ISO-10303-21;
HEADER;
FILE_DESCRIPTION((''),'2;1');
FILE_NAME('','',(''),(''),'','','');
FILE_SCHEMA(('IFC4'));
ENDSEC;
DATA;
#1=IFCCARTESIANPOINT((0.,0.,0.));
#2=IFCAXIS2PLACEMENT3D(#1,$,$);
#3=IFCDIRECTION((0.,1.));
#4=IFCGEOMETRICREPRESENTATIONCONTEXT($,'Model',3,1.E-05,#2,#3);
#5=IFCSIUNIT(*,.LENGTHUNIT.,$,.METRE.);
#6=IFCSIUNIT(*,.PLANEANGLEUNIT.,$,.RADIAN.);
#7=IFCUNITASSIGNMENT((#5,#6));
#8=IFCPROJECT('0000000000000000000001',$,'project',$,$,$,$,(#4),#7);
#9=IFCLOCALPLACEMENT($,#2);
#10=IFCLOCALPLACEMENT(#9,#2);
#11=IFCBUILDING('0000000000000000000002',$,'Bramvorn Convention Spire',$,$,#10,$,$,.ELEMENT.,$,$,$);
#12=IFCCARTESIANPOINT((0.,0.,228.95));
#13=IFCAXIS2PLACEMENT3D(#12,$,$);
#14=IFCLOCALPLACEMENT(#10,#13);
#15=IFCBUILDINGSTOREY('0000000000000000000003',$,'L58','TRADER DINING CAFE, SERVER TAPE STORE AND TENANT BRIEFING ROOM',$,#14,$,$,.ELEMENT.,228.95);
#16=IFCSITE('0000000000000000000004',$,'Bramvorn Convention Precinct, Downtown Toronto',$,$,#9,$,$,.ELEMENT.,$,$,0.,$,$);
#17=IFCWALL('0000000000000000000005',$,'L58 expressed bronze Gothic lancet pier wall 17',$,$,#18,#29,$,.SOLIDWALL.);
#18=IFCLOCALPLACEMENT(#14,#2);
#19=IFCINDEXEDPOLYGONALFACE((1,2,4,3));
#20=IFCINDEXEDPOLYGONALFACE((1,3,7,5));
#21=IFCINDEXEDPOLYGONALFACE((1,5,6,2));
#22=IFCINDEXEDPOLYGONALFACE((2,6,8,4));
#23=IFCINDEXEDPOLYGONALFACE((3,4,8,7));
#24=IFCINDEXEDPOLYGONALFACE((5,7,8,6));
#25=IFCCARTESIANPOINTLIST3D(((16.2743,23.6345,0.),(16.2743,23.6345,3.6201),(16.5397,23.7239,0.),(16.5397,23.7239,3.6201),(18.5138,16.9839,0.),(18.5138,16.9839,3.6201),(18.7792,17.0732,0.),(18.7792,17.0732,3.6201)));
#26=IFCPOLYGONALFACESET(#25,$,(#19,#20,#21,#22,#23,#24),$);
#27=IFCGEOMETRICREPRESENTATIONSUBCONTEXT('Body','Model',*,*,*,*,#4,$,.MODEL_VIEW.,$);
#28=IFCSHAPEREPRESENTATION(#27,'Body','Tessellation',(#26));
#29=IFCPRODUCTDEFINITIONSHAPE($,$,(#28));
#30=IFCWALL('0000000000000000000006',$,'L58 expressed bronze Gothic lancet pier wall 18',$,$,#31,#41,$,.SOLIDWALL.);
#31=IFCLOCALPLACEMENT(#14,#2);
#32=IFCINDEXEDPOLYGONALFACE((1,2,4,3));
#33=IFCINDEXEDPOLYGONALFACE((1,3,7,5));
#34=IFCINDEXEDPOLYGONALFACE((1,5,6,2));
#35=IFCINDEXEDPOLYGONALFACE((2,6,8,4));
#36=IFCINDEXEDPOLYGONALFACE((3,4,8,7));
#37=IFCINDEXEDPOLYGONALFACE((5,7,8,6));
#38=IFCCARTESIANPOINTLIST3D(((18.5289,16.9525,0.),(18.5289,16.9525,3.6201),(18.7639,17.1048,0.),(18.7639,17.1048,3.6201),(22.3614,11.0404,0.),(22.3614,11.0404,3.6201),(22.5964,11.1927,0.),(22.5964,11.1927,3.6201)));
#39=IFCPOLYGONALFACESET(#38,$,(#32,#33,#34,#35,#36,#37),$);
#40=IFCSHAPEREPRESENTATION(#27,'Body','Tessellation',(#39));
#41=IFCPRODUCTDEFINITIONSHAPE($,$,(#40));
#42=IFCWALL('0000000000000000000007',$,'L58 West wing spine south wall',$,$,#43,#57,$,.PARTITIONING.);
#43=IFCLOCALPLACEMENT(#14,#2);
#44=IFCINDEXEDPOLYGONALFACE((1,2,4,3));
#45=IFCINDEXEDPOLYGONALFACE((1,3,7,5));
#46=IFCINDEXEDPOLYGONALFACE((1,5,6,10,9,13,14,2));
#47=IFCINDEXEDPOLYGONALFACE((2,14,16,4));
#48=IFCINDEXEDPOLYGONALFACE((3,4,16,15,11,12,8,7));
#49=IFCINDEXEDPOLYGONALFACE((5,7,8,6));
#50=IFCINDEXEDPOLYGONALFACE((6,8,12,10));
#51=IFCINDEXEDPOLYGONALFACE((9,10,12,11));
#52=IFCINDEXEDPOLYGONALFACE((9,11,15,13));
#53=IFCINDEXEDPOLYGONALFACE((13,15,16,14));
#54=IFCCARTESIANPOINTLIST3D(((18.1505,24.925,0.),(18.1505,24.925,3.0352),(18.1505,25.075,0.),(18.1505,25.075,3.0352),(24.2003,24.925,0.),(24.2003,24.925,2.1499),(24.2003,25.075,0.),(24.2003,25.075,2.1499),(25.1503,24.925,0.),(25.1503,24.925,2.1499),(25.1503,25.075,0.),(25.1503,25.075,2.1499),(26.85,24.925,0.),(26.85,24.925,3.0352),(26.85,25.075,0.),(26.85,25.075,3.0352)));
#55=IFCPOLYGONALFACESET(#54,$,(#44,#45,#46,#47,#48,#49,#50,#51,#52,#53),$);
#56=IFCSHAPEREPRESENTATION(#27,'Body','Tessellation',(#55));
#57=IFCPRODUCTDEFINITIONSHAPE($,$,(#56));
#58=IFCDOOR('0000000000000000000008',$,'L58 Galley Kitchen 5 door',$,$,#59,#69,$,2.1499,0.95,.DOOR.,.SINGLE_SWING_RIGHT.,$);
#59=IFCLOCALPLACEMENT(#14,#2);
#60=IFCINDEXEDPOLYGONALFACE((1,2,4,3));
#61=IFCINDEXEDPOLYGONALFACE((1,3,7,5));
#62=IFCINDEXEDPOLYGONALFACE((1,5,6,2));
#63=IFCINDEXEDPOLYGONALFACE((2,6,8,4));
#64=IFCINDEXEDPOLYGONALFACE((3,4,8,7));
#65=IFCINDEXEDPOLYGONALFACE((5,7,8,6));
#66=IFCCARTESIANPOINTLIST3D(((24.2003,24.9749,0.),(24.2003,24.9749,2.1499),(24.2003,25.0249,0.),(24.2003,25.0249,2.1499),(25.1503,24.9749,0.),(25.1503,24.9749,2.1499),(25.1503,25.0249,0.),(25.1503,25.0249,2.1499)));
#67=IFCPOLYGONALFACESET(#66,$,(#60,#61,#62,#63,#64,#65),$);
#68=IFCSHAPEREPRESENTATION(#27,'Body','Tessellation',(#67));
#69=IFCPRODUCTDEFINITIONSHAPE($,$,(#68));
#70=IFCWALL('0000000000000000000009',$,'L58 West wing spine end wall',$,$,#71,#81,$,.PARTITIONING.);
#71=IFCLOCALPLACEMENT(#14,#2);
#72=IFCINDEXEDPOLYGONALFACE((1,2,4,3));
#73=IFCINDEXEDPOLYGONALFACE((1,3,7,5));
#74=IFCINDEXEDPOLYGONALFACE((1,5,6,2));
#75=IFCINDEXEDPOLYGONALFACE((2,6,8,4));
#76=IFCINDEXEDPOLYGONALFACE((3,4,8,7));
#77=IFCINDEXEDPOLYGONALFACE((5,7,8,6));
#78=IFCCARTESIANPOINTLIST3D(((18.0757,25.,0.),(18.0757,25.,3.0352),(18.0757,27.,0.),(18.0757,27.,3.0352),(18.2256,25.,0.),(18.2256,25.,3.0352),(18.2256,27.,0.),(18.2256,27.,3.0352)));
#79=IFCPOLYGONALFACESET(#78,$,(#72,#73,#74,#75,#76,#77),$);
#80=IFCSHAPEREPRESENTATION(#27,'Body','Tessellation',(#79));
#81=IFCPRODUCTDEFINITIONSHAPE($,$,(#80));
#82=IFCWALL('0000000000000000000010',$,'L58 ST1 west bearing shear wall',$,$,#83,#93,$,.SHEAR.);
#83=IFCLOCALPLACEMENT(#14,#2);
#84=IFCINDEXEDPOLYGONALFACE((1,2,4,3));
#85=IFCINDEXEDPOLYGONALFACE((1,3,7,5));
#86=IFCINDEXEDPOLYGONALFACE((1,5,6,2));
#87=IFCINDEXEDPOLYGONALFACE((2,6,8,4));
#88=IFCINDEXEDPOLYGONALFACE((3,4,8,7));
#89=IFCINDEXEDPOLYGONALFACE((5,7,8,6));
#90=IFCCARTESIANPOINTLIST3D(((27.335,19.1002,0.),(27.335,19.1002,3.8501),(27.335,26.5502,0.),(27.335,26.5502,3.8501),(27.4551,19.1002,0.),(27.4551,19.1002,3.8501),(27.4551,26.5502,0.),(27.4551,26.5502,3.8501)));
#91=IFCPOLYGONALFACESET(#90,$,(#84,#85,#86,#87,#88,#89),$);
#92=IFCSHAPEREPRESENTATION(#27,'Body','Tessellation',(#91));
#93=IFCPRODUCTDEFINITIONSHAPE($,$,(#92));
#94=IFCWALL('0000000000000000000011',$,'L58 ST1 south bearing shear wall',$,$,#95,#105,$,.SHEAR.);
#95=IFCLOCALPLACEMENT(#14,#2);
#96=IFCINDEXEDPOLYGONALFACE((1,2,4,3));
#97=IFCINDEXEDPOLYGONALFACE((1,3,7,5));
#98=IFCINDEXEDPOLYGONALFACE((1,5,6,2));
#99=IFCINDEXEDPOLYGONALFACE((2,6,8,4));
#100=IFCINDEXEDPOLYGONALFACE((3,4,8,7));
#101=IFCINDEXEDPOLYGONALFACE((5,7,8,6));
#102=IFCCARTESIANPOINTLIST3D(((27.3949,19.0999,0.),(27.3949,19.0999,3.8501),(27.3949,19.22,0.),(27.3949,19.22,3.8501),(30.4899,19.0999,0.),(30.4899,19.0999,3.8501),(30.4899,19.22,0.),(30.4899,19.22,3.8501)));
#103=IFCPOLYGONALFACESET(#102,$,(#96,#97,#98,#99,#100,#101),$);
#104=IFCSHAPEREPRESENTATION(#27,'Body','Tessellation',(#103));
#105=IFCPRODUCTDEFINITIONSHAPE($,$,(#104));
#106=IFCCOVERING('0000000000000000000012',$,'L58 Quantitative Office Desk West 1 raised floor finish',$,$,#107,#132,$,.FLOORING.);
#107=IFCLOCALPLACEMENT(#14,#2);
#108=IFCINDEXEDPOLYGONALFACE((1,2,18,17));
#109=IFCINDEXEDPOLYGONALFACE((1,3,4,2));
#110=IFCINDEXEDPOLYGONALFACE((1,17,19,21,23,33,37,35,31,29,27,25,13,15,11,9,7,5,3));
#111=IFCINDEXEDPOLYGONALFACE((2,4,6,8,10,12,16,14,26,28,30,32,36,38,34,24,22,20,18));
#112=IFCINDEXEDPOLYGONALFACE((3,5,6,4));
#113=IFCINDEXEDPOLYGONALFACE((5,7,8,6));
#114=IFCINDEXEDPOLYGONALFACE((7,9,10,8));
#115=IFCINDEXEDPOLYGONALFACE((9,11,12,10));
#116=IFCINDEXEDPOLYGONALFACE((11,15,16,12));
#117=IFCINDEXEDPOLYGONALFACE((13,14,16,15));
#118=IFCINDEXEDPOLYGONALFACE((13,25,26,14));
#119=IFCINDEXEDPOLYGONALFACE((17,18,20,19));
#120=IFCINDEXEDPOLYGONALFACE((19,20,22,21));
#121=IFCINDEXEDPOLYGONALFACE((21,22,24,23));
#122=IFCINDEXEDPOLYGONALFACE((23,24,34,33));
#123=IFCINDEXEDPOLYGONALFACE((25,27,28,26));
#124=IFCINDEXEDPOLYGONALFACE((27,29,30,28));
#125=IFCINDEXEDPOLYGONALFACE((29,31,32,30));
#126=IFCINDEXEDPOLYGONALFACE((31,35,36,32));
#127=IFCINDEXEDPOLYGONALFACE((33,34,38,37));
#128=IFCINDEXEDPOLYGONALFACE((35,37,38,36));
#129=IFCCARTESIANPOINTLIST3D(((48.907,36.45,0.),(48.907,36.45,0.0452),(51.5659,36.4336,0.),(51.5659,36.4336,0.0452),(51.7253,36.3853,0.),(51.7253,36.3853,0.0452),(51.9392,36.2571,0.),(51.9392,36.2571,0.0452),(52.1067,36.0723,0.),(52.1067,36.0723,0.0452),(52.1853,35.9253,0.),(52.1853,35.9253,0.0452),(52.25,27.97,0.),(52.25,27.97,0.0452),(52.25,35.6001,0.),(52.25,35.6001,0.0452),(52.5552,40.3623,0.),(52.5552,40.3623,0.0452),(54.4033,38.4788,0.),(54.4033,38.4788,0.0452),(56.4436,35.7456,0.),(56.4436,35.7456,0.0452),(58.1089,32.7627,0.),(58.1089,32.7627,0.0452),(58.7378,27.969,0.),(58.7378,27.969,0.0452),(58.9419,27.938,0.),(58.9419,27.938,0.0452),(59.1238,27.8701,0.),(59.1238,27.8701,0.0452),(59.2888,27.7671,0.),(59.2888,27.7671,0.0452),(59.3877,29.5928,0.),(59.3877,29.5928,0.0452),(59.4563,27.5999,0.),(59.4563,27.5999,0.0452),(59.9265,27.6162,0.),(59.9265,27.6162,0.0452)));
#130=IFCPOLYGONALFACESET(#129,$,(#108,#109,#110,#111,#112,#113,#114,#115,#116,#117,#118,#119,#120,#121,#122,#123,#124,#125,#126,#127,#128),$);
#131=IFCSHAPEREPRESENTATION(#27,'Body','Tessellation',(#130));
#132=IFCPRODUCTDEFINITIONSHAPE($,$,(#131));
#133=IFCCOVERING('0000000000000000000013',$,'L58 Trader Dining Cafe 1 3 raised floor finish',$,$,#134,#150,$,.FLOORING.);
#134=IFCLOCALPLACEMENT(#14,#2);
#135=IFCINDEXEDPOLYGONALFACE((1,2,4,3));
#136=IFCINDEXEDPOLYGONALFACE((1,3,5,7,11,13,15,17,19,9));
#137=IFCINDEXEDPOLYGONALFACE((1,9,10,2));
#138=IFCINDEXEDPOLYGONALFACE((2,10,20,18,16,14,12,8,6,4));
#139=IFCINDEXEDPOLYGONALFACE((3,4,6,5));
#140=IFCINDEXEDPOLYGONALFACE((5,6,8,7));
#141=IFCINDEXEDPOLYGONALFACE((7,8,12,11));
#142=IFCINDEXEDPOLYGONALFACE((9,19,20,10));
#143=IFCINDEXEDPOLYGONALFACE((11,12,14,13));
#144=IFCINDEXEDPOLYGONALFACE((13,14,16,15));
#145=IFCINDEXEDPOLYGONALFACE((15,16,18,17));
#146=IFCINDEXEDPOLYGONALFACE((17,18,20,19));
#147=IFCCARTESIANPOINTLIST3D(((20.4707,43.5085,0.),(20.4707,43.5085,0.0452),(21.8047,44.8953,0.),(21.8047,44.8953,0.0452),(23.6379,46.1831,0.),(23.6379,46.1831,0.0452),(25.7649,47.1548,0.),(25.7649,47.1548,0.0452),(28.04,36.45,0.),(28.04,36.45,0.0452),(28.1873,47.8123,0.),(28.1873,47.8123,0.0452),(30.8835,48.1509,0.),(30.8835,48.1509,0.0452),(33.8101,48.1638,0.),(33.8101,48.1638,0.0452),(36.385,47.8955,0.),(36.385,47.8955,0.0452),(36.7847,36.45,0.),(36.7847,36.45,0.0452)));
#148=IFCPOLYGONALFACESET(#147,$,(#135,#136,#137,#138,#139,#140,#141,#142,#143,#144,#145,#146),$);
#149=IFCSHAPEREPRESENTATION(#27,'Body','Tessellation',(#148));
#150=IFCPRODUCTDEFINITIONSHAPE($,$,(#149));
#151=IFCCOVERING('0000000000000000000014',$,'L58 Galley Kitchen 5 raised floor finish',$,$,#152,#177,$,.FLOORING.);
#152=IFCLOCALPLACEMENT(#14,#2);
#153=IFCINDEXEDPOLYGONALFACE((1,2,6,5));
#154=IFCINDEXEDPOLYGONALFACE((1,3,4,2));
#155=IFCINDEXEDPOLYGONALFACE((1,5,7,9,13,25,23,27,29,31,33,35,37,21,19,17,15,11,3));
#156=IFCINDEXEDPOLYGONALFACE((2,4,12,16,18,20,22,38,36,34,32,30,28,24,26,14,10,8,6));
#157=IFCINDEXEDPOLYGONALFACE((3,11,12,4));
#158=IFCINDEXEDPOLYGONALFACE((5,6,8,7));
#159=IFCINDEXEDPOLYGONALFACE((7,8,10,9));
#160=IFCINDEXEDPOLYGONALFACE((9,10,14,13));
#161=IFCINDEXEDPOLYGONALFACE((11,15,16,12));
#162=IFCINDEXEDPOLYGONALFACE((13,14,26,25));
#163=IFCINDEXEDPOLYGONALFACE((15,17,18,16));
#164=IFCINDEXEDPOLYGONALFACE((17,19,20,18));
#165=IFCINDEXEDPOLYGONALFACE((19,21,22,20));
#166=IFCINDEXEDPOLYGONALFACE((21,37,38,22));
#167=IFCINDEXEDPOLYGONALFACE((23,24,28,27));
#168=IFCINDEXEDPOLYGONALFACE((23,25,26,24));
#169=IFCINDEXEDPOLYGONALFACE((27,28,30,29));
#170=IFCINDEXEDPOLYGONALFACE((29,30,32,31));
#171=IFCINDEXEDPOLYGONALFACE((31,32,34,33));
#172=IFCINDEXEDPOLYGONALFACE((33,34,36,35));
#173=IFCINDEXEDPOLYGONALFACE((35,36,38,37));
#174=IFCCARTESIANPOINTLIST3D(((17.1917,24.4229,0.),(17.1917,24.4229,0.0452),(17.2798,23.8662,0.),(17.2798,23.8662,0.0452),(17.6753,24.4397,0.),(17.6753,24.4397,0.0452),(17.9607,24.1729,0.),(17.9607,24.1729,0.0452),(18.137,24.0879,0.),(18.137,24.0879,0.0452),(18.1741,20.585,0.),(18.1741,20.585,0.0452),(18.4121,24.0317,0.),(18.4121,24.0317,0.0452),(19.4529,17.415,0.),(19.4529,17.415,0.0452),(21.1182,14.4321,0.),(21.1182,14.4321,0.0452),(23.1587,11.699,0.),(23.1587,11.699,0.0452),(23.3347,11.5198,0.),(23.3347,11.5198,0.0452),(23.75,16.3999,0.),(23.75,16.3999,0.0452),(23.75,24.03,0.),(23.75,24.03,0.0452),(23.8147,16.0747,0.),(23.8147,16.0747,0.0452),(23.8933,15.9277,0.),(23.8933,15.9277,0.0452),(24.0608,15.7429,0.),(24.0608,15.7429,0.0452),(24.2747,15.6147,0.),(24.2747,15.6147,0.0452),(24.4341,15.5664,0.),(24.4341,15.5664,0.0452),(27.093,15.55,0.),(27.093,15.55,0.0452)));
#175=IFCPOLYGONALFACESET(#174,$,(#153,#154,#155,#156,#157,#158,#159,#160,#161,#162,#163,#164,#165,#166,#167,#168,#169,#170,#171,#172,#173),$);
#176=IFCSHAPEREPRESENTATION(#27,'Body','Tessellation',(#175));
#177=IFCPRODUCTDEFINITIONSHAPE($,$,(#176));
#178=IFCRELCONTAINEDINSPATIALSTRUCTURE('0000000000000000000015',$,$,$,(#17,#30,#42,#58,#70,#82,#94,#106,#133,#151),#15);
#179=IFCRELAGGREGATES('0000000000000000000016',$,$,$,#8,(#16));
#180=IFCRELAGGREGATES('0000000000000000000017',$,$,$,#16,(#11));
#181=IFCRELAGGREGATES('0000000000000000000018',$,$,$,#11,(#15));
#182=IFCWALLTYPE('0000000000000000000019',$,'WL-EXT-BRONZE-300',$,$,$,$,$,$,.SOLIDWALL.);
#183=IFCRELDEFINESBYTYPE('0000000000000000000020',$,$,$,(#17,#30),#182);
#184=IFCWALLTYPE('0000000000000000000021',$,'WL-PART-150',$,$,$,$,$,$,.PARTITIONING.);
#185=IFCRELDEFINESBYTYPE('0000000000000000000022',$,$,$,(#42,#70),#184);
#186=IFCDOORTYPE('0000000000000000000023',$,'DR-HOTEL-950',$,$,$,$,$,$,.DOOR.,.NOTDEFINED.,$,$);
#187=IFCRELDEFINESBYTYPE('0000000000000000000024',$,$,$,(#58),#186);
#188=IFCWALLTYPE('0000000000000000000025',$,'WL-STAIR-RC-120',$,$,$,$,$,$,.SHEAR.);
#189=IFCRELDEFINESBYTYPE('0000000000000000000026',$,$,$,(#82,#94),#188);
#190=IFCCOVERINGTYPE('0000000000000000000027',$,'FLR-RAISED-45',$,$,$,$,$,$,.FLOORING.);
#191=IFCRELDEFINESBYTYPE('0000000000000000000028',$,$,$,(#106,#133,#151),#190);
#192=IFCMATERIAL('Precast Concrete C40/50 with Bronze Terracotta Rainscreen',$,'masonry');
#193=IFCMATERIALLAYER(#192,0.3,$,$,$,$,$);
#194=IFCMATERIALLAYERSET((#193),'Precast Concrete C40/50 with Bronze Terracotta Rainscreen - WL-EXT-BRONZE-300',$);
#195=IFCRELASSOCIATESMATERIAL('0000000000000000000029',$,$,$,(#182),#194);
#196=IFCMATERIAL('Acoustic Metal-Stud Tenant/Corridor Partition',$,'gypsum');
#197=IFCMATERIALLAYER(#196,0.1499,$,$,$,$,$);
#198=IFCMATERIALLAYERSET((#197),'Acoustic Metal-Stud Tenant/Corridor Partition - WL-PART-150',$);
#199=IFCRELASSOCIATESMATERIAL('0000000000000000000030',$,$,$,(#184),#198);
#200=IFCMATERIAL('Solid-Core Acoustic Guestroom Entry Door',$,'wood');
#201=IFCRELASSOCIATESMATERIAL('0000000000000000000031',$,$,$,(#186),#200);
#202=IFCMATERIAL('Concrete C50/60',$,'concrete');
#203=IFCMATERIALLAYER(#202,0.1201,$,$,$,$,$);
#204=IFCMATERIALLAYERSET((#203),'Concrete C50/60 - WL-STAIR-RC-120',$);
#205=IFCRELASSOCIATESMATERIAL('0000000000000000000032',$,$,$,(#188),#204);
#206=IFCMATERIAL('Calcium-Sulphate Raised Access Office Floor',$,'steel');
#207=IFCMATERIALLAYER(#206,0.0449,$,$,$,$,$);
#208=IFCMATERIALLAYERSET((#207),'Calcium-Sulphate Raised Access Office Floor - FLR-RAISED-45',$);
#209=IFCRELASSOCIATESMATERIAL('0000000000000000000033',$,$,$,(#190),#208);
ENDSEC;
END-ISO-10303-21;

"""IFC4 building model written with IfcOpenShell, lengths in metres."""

from ifc_helpers import new_model, si_unit, direction, frame, frame_2d, origin, place, context, subcontext, project, spatial, polyline, rectangle, outline, extrude, material, layer, layer_set, type_object, element, fill, save


model = new_model("IFC4")

# Units and contexts
model_context = context("Model", 3, precision=1e-05, world=origin(), true_north=direction((0.0, 1.0)))
body_context = subcontext(model_context, "Body", "Model", "MODEL_VIEW")
ifc_project = project(units=[si_unit("LENGTHUNIT", "METRE"), si_unit("PLANEANGLEUNIT", "RADIAN")], contexts=[model_context])

# Site, building, storey
site_placement = place(None, origin())
site = spatial("IfcSite", under=ifc_project, at=site_placement, Name="Bramvorn Convention Precinct, Downtown Toronto", CompositionType="ELEMENT", RefElevation=0.0)
building_placement = place(site_placement, origin())
building = spatial("IfcBuilding", under=site, at=building_placement, Name="Bramvorn Convention Spire", CompositionType="ELEMENT")
storey_placement = place(building_placement, frame((0.0, 0.0, 228.95)))
storey = spatial("IfcBuildingStorey", under=building, at=storey_placement, Name="L58", Description="TRADER DINING CAFE, SERVER TAPE STORE AND TENANT BRIEFING ROOM", CompositionType="ELEMENT", Elevation=228.95)

# Shared definitions
ifc_material_1 = material(Name="Concrete C50/60", Category="concrete")

# Walls
ifc_material_2 = material(Name="Precast Concrete C40/50 with Bronze Terracotta Rainscreen", Category="masonry")
ifc_layer_1 = layer(ifc_material_2, 0.3)
ifc_layer_set_1 = layer_set([ifc_layer_1], Name="Precast Concrete C40/50 with Bronze Terracotta Rainscreen - WL-EXT-BRONZE-300")
wall_type_1 = type_object("IfcWallType", Name="WL-EXT-BRONZE-300", PredefinedType="SOLIDWALL", material=ifc_layer_set_1)
wall_1_placement = place(storey_placement, frame((18.6465, 17.0286, 0.0), z_axis=(0.0, 0.0, 1.0), x_axis=(-0.319128, 0.947712, 0.0)))
element("IfcWall", 1, at=wall_1_placement, inside=storey, type_object=wall_type_1, Name="L58 expressed bronze Gothic lancet pier wall 17", PredefinedType="SOLIDWALL", context=body_context, shape_type="SweptSolid", body=[
    extrude(rectangle(XDim=7.0176, YDim=0.28, at=frame_2d((3.5088, 0.0))), origin(), (0.0, 0.0, 1.0), 3.6201),
])
wall_2_placement = place(storey_placement, frame((22.479, 11.1165, 0.0), z_axis=(0.0, 0.0, 1.0), x_axis=(-0.543955, 0.839114, 0.0)))
element("IfcWall", 2, at=wall_2_placement, inside=storey, type_object=wall_type_1, Name="L58 expressed bronze Gothic lancet pier wall 18", PredefinedType="SOLIDWALL", context=body_context, shape_type="SweptSolid", body=[
    extrude(rectangle(XDim=7.0457, YDim=0.28, at=frame_2d((3.5229, 0.0))), origin(), (0.0, 0.0, 1.0), 3.6201),
])

# Wall, opening, door
ifc_material_3 = material(Name="Acoustic Metal-Stud Tenant/Corridor Partition", Category="gypsum")
ifc_layer_2 = layer(ifc_material_3, 0.1499)
ifc_layer_set_2 = layer_set([ifc_layer_2], Name="Acoustic Metal-Stud Tenant/Corridor Partition - WL-PART-150")
wall_type_2 = type_object("IfcWallType", Name="WL-PART-150", PredefinedType="PARTITIONING", material=ifc_layer_set_2)
wall_3_placement = place(storey_placement, frame((18.1506, 25.0, 0.0), z_axis=(0.0, 0.0, 1.0), x_axis=(1.0, 0.0, 0.0)))
wall_3 = element("IfcWall", 3, at=wall_3_placement, inside=storey, type_object=wall_type_2, Name="L58 West wing spine south wall", PredefinedType="PARTITIONING", context=body_context, shape_type="SweptSolid", body=[
    extrude(rectangle(XDim=8.6995, YDim=0.1499, at=frame_2d((4.3496, 0.0))), origin(), (0.0, 0.0, 1.0), 3.0352),
])
opening_1_placement = place(wall_3_placement, frame((6.0496, 0.0, 0.0)))
opening_1 = element("IfcOpeningElement", 4, at=opening_1_placement, cuts=wall_3, PredefinedType="OPENING", context=body_context, shape_type="SweptSolid", body=[
    extrude(rectangle(XDim=0.95, YDim=2.1499, at=frame_2d((0.4751, 1.075))), frame((0.0, 0.085, 0.0), z_axis=(0.0, -1.0, 0.0), x_axis=(1.0, 0.0, 0.0)), (0.0, 0.0, 1.0), 0.1699),
])
ifc_material_4 = material(Name="Solid-Core Acoustic Guestroom Entry Door", Category="wood")
door_type_1 = type_object("IfcDoorType", Name="DR-HOTEL-950", OperationType="NOTDEFINED", PredefinedType="DOOR", material=ifc_material_4)
door_1_placement = place(opening_1_placement, origin())
door_1 = element("IfcDoor", 5, at=door_1_placement, inside=storey, type_object=door_type_1, Name="L58 Galley Kitchen 5 door", OperationType="SINGLE_SWING_RIGHT", OverallHeight=2.1499, OverallWidth=0.95, PredefinedType="DOOR", context=body_context, shape_type="SweptSolid", body=[
    extrude(rectangle(XDim=0.95, YDim=2.1499, at=frame_2d((0.4751, 1.075))), frame((0.0, 0.0249, 0.0), z_axis=(0.0, -1.0, 0.0), x_axis=(1.0, 0.0, 0.0)), (0.0, 0.0, 1.0), 0.05),
])
fill(opening_1, door_1)

# Walls
wall_4_placement = place(storey_placement, frame((18.1506, 25.0, 0.0), z_axis=(0.0, 0.0, 1.0), x_axis=(0.0, 1.0, 0.0)))
element("IfcWall", 6, at=wall_4_placement, inside=storey, type_object=wall_type_2, Name="L58 West wing spine end wall", PredefinedType="PARTITIONING", context=body_context, shape_type="SweptSolid", body=[
    extrude(rectangle(XDim=2.0, YDim=0.1499, at=frame_2d((1.0, 0.0))), origin(), (0.0, 0.0, 1.0), 3.0352),
])
ifc_layer_3 = layer(ifc_material_1, 0.1201)
ifc_layer_set_3 = layer_set([ifc_layer_3], Name="Concrete C50/60 - WL-STAIR-RC-120")
wall_type_3 = type_object("IfcWallType", Name="WL-STAIR-RC-120", PredefinedType="SHEAR", material=ifc_layer_set_3)
wall_5_placement = place(storey_placement, frame((27.395, 19.1001, 0.0), z_axis=(0.0, 0.0, 1.0), x_axis=(0.0, 1.0, 0.0)))
element("IfcWall", 7, at=wall_5_placement, inside=storey, type_object=wall_type_3, Name="L58 ST1 west bearing shear wall", PredefinedType="SHEAR", context=body_context, shape_type="SweptSolid", body=[
    extrude(rectangle(XDim=7.45, YDim=0.1201, at=frame_2d((3.7251, 0.0))), origin(), (0.0, 0.0, 1.0), 3.8501),
])
wall_6_placement = place(storey_placement, frame((27.395, 19.1599, 0.0), z_axis=(0.0, 0.0, 1.0), x_axis=(1.0, 0.0, 0.0)))
element("IfcWall", 8, at=wall_6_placement, inside=storey, type_object=wall_type_3, Name="L58 ST1 south bearing shear wall", PredefinedType="SHEAR", context=body_context, shape_type="SweptSolid", body=[
    extrude(rectangle(XDim=3.095, YDim=0.1201, at=frame_2d((1.5474, 0.0))), origin(), (0.0, 0.0, 1.0), 3.8501),
])

# Coverings
ifc_material_5 = material(Name="Calcium-Sulphate Raised Access Office Floor", Category="steel")
ifc_layer_4 = layer(ifc_material_5, 0.0449)
ifc_layer_set_4 = layer_set([ifc_layer_4], Name="Calcium-Sulphate Raised Access Office Floor - FLR-RAISED-45")
covering_type = type_object("IfcCoveringType", Name="FLR-RAISED-45", PredefinedType="FLOORING", material=ifc_layer_set_4)
covering_1_placement = place(storey_placement, origin())
element("IfcCovering", 9, at=covering_1_placement, inside=storey, type_object=covering_type, Name="L58 Quantitative Office Desk West 1 raised floor finish", PredefinedType="FLOORING", context=body_context, shape_type="SweptSolid", body=[
    extrude(outline(polyline([(48.907, 36.45), (51.5659, 36.4336), (51.7253, 36.3853), (51.9392, 36.2571), (52.1067, 36.0723), (52.1853, 35.9253), (52.25, 35.6001), (52.25, 27.97), (58.7378, 27.969), (58.9419, 27.938), (59.1238, 27.8701), (59.2888, 27.7671), (59.4563, 27.5999), (59.9265, 27.6162), (59.3877, 29.5928), (58.1089, 32.7627), (56.4436, 35.7456), (54.4033, 38.4788), (52.5552, 40.3623), (48.907, 36.45)])), origin(), (0.0, 0.0, 1.0), 0.0452),
])
covering_2_placement = place(storey_placement, origin())
element("IfcCovering", 10, at=covering_2_placement, inside=storey, type_object=covering_type, Name="L58 Trader Dining Cafe 1 3 raised floor finish", PredefinedType="FLOORING", context=body_context, shape_type="SweptSolid", body=[
    extrude(outline(polyline([(28.04, 36.45), (36.7847, 36.45), (36.385, 47.8955), (33.8101, 48.1638), (30.8835, 48.1509), (28.1873, 47.8123), (25.7649, 47.1548), (23.6379, 46.1831), (21.8047, 44.8953), (20.4707, 43.5085), (28.04, 36.45)])), origin(), (0.0, 0.0, 1.0), 0.0452),
])
covering_3_placement = place(storey_placement, origin())
element("IfcCovering", 11, at=covering_3_placement, inside=storey, type_object=covering_type, Name="L58 Galley Kitchen 5 raised floor finish", PredefinedType="FLOORING", context=body_context, shape_type="SweptSolid", body=[
    extrude(outline(polyline([(17.1917, 24.4229), (17.2798, 23.8662), (18.1741, 20.585), (19.4529, 17.415), (21.1182, 14.4321), (23.1587, 11.699), (23.3347, 11.5198), (27.093, 15.55), (24.4341, 15.5664), (24.2747, 15.6147), (24.0608, 15.7429), (23.8933, 15.9277), (23.8147, 16.0747), (23.75, 16.3999), (23.75, 24.03), (18.4121, 24.0317), (18.137, 24.0879), (17.9607, 24.1729), (17.6753, 24.4397), (17.1917, 24.4229)])), origin(), (0.0, 0.0, 1.0), 0.0452),
])

save(model, "model.ifc")
